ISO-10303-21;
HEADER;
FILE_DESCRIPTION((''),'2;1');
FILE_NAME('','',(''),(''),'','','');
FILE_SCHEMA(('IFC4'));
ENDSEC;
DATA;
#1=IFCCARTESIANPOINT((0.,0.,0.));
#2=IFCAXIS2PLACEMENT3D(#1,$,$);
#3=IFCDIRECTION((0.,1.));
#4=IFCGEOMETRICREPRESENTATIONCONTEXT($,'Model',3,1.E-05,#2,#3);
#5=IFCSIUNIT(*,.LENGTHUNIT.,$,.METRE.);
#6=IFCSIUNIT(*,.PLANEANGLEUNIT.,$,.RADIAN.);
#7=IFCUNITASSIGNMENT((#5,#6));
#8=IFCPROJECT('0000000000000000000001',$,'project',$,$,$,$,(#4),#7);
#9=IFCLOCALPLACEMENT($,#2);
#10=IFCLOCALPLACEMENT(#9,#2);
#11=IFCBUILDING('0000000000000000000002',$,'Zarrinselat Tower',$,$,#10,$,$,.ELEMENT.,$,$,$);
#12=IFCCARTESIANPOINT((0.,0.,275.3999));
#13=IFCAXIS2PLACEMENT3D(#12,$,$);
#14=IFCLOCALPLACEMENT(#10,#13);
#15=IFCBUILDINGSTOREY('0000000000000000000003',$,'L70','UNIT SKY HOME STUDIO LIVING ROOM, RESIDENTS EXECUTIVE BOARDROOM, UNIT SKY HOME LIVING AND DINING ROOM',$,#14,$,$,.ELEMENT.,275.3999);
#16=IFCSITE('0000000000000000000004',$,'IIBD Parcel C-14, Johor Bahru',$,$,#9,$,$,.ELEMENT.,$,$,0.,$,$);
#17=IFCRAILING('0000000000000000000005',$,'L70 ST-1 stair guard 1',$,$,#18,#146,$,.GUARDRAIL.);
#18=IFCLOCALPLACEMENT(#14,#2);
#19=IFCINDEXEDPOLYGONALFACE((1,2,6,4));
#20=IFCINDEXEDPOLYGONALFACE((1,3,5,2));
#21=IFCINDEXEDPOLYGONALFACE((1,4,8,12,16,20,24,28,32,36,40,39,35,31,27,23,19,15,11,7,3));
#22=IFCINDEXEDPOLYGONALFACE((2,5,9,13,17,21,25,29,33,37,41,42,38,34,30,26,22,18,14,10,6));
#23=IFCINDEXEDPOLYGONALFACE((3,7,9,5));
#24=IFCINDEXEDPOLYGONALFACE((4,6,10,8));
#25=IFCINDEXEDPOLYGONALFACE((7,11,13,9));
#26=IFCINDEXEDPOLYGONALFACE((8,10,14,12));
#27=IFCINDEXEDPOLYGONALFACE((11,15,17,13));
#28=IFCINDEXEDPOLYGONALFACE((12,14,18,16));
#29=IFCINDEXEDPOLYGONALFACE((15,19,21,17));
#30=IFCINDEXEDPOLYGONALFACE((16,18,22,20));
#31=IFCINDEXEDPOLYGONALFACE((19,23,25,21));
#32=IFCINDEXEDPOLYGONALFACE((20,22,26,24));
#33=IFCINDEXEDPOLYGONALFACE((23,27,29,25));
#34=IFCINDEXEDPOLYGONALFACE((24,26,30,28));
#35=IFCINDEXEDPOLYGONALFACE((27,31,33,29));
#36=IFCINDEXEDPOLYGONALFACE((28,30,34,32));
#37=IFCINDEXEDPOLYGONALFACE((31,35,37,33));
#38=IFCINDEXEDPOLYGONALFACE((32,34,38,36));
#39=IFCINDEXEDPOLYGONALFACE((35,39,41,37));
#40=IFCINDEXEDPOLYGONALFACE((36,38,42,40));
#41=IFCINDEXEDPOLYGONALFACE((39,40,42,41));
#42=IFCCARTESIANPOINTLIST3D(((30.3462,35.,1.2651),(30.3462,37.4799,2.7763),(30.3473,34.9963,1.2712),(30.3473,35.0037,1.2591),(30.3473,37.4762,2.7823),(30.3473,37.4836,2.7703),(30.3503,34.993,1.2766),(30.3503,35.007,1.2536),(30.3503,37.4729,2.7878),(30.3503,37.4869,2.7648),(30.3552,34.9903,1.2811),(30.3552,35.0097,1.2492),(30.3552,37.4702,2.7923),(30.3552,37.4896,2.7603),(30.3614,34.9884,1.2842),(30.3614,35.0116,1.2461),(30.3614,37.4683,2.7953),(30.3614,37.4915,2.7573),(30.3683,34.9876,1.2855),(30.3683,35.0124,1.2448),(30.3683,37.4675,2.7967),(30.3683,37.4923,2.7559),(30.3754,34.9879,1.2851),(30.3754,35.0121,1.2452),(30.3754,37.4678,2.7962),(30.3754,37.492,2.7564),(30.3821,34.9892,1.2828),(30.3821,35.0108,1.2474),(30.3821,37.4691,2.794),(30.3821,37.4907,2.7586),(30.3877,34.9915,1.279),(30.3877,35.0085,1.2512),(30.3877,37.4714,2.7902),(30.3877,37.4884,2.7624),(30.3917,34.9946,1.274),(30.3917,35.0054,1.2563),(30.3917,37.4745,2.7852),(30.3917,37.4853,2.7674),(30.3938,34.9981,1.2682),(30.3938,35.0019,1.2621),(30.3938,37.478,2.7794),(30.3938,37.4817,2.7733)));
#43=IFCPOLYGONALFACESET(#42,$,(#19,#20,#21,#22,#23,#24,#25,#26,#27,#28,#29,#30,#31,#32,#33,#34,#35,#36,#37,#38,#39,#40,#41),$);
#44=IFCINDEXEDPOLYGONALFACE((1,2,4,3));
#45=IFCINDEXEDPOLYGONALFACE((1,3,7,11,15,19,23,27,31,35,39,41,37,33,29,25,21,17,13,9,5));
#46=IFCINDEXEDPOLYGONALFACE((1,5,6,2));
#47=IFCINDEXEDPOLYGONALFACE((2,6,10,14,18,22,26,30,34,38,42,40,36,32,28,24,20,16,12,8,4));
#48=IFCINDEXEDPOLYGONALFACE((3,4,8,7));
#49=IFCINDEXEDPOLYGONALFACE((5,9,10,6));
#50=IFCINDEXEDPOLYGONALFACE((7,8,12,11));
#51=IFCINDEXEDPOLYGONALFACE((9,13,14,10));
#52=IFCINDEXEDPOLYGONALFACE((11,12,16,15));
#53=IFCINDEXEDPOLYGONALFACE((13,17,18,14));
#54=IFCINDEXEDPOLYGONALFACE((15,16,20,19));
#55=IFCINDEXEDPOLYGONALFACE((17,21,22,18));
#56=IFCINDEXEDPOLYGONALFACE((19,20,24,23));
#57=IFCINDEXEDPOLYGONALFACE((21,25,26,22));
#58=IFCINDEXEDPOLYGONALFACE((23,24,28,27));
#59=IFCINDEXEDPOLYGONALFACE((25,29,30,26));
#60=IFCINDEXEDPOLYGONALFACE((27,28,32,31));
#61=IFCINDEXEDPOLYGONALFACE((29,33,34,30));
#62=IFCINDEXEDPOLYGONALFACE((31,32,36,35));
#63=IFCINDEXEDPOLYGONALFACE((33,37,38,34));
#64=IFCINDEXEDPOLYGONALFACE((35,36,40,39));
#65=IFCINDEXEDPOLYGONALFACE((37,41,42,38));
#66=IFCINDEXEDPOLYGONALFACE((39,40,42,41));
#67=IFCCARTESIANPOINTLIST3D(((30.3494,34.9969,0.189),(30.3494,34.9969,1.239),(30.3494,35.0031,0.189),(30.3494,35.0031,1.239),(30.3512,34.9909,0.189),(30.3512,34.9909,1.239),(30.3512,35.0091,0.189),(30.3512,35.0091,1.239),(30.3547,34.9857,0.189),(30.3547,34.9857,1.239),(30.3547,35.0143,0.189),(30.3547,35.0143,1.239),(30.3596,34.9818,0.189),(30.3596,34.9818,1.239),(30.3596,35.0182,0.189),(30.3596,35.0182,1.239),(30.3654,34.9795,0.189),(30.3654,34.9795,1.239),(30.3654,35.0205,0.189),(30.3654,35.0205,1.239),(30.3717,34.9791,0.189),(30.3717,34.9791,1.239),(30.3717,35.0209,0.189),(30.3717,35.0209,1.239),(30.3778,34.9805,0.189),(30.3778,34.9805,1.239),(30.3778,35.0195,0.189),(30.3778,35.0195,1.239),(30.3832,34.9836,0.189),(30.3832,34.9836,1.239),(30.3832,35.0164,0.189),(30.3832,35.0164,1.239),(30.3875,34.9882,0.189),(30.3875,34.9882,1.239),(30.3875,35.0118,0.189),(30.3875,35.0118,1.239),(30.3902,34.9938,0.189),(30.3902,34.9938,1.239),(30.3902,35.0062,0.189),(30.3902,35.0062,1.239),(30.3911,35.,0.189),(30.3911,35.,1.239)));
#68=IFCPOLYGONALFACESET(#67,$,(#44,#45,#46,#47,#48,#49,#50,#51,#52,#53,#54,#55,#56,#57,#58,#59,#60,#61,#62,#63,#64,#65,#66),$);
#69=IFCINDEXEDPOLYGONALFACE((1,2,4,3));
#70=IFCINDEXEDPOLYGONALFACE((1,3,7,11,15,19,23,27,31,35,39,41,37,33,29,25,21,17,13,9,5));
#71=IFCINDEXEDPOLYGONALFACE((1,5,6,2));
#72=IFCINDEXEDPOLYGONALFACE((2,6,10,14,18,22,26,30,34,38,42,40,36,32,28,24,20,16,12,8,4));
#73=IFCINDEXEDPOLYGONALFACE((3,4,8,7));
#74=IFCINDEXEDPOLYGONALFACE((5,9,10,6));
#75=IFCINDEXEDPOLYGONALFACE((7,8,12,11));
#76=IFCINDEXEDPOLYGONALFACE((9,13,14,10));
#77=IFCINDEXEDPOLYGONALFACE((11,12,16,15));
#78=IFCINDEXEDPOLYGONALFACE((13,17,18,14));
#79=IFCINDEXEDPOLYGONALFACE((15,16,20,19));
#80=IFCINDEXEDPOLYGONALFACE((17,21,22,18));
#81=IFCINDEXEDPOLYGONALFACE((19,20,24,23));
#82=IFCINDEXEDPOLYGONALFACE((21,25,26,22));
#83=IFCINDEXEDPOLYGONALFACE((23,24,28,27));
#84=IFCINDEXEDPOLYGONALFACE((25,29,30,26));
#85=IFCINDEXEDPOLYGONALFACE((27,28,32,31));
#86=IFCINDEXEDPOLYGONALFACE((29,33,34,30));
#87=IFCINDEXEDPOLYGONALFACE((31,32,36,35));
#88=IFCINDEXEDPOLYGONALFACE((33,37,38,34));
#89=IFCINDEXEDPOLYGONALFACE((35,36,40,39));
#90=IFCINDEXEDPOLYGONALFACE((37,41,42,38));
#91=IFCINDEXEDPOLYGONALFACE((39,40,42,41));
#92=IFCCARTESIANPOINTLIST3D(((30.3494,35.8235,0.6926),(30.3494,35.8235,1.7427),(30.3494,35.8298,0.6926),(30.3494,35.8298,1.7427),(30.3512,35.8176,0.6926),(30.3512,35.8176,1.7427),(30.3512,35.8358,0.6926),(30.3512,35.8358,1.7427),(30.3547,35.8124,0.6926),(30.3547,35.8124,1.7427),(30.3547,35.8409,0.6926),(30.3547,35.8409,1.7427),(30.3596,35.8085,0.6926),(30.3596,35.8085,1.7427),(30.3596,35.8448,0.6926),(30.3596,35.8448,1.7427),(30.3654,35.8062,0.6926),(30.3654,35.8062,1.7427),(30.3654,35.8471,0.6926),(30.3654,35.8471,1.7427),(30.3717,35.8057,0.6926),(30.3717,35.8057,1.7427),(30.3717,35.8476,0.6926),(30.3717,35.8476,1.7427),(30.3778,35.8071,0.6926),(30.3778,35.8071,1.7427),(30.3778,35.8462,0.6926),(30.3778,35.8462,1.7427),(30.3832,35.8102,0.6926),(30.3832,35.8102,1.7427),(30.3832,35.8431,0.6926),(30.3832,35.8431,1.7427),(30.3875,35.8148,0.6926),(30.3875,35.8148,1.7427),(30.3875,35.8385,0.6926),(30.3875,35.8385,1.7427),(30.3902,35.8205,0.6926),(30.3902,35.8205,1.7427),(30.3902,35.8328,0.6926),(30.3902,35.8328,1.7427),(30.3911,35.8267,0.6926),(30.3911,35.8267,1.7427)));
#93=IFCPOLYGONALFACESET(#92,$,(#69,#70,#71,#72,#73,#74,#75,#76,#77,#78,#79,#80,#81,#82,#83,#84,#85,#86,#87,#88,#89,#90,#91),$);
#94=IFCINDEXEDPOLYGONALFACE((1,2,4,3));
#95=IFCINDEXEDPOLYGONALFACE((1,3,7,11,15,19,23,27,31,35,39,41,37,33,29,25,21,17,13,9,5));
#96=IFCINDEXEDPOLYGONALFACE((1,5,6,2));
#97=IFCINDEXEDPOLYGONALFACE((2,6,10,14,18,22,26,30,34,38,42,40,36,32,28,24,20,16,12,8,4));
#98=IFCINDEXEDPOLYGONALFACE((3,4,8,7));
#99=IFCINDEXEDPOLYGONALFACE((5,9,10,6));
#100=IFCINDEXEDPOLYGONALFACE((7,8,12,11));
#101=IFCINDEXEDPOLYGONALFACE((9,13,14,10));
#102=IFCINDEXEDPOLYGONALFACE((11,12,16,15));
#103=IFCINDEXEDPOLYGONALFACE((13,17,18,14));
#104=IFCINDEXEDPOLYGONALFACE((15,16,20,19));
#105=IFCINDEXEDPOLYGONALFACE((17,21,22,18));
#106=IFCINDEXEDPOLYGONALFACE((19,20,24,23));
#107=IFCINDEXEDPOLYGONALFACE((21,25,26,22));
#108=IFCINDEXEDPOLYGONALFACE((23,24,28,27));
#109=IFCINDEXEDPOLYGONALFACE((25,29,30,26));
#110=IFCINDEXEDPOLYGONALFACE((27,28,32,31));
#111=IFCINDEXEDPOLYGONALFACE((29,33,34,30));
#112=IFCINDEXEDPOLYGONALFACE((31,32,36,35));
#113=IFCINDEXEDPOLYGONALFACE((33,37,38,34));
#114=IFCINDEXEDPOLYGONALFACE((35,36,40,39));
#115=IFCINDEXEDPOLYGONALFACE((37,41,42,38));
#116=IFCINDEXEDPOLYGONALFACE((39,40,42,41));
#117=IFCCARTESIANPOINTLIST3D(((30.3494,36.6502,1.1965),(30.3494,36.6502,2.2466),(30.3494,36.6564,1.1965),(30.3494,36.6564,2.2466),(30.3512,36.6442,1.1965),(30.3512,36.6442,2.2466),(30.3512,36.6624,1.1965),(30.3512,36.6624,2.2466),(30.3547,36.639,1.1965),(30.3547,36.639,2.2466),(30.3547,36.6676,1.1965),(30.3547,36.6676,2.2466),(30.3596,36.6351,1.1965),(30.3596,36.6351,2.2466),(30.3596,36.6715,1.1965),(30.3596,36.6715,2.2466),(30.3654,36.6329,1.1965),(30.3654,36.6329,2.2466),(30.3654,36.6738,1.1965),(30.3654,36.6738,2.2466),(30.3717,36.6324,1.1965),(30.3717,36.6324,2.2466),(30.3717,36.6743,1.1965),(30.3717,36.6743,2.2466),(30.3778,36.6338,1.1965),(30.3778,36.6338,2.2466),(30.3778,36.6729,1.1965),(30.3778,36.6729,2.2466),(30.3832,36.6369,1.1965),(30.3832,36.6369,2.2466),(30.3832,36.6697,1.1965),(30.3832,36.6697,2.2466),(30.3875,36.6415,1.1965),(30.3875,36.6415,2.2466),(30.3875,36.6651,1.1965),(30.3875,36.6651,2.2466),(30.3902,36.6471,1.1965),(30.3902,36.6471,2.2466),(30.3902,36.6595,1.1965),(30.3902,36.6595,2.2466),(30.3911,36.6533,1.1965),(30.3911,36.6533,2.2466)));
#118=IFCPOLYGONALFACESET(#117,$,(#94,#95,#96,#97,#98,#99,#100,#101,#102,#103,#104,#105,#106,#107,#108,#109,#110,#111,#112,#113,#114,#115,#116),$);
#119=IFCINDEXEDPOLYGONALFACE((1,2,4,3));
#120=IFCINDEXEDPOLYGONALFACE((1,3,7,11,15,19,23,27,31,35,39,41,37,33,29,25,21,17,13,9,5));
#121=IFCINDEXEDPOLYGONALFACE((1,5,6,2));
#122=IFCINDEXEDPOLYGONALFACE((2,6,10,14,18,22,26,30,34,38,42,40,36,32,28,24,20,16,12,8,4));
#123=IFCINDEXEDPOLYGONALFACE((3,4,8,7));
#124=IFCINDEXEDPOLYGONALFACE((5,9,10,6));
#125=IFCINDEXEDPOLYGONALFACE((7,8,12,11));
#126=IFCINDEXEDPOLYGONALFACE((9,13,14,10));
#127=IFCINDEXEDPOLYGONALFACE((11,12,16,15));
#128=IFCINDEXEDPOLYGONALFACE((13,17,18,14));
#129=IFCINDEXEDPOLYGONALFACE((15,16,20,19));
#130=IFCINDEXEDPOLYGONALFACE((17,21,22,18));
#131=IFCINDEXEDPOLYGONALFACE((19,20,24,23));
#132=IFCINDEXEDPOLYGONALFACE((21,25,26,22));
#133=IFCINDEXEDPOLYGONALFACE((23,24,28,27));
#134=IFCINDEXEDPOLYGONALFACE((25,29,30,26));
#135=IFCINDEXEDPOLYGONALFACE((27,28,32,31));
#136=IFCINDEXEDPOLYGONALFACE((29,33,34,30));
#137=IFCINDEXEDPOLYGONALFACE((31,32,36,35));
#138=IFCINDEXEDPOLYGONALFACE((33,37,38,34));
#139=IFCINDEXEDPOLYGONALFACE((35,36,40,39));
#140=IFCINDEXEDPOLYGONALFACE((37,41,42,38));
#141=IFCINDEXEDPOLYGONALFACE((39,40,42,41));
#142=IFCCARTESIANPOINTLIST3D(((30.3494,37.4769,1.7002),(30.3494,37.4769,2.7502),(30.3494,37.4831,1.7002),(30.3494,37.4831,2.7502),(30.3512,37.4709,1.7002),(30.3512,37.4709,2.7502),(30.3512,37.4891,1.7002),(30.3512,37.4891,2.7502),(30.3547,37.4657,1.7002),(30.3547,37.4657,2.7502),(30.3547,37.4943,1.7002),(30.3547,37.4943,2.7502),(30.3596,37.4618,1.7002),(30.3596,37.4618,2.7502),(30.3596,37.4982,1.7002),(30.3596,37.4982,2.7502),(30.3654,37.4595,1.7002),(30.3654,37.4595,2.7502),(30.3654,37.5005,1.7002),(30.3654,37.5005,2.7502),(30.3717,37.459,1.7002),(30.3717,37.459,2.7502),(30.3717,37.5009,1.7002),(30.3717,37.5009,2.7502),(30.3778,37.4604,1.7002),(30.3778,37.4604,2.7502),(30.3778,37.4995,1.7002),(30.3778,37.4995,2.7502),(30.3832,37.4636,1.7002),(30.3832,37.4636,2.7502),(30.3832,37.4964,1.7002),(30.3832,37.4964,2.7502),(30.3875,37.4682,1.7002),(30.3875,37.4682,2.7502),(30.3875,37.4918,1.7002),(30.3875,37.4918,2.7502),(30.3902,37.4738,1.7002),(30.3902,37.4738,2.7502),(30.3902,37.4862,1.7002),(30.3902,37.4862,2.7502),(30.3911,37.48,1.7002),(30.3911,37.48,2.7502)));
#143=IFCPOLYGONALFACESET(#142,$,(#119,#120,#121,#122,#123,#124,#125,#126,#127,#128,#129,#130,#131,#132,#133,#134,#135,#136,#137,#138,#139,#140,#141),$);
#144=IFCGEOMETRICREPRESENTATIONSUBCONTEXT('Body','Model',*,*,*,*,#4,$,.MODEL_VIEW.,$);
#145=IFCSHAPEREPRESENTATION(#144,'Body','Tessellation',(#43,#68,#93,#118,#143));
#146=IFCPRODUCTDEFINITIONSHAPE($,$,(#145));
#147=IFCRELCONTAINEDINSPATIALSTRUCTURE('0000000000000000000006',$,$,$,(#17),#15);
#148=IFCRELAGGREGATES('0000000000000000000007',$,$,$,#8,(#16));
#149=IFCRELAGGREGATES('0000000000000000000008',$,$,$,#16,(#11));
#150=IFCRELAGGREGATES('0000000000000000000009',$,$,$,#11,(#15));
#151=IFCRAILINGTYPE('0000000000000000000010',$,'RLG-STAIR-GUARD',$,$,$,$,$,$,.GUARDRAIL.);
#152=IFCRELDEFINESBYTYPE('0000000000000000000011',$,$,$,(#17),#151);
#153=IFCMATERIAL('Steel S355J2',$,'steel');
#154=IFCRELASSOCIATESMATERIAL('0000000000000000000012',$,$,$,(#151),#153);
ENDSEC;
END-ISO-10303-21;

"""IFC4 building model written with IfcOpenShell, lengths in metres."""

from ifc_helpers import new_model, si_unit, direction, frame, origin, origin_2d, place, context, subcontext, project, spatial, circle, extrude, material, type_object, element, save


model = new_model("IFC4")

# Units and contexts
model_context = context("Model", 3, precision=1e-05, world=origin(), true_north=direction((0.0, 1.0)))
body_context = subcontext(model_context, "Body", "Model", "MODEL_VIEW")
ifc_project = project(units=[si_unit("LENGTHUNIT", "METRE"), si_unit("PLANEANGLEUNIT", "RADIAN")], contexts=[model_context])

# Site, building, storey
site_placement = place(None, origin())
site = spatial("IfcSite", under=ifc_project, at=site_placement, Name="IIBD Parcel C-14, Johor Bahru", CompositionType="ELEMENT", RefElevation=0.0)
building_placement = place(site_placement, origin())
building = spatial("IfcBuilding", under=site, at=building_placement, Name="Zarrinselat Tower", CompositionType="ELEMENT")
storey_placement = place(building_placement, frame((0.0, 0.0, 275.3999)))
storey = spatial("IfcBuildingStorey", under=building, at=storey_placement, Name="L70", Description="UNIT SKY HOME STUDIO LIVING ROOM, RESIDENTS EXECUTIVE BOARDROOM, UNIT SKY HOME LIVING AND DINING ROOM", CompositionType="ELEMENT", Elevation=275.3999)

# Railing
ifc_material_1 = material(Name="Steel S355J2", Category="steel")
railing_type_1 = type_object("IfcRailingType", Name="RLG-STAIR-GUARD", PredefinedType="GUARDRAIL", material=ifc_material_1)
railing_1_placement = place(storey_placement, frame((30.3701, 35.0, 0.189)))
element("IfcRailing", 1, at=railing_1_placement, inside=storey, type_object=railing_type_1, Name="L70 ST-1 stair guard 1", PredefinedType="GUARDRAIL", context=body_context, shape_type="SweptSolid", body=[
    extrude(circle(Radius=0.0239, at=origin_2d()), frame((0.0, 0.0, 1.0762), z_axis=(0.0, 0.853942, 0.520368), x_axis=(-1.0, 0.0, 0.0)), (0.0, 0.0, 1.0), 2.9041),
    extrude(circle(Radius=0.021, at=origin_2d()), origin(), (0.0, 0.0, 1.0), 1.05),
    extrude(circle(Radius=0.021, at=origin_2d()), frame((0.0, 0.8267, 0.5037)), (0.0, 0.0, 1.0), 1.05),
    extrude(circle(Radius=0.021, at=origin_2d()), frame((0.0, 1.6533, 1.0076)), (0.0, 0.0, 1.0), 1.05),
    extrude(circle(Radius=0.021, at=origin_2d()), frame((0.0, 2.48, 1.5112)), (0.0, 0.0, 1.0), 1.05),
])

save(model, "model.ifc")
